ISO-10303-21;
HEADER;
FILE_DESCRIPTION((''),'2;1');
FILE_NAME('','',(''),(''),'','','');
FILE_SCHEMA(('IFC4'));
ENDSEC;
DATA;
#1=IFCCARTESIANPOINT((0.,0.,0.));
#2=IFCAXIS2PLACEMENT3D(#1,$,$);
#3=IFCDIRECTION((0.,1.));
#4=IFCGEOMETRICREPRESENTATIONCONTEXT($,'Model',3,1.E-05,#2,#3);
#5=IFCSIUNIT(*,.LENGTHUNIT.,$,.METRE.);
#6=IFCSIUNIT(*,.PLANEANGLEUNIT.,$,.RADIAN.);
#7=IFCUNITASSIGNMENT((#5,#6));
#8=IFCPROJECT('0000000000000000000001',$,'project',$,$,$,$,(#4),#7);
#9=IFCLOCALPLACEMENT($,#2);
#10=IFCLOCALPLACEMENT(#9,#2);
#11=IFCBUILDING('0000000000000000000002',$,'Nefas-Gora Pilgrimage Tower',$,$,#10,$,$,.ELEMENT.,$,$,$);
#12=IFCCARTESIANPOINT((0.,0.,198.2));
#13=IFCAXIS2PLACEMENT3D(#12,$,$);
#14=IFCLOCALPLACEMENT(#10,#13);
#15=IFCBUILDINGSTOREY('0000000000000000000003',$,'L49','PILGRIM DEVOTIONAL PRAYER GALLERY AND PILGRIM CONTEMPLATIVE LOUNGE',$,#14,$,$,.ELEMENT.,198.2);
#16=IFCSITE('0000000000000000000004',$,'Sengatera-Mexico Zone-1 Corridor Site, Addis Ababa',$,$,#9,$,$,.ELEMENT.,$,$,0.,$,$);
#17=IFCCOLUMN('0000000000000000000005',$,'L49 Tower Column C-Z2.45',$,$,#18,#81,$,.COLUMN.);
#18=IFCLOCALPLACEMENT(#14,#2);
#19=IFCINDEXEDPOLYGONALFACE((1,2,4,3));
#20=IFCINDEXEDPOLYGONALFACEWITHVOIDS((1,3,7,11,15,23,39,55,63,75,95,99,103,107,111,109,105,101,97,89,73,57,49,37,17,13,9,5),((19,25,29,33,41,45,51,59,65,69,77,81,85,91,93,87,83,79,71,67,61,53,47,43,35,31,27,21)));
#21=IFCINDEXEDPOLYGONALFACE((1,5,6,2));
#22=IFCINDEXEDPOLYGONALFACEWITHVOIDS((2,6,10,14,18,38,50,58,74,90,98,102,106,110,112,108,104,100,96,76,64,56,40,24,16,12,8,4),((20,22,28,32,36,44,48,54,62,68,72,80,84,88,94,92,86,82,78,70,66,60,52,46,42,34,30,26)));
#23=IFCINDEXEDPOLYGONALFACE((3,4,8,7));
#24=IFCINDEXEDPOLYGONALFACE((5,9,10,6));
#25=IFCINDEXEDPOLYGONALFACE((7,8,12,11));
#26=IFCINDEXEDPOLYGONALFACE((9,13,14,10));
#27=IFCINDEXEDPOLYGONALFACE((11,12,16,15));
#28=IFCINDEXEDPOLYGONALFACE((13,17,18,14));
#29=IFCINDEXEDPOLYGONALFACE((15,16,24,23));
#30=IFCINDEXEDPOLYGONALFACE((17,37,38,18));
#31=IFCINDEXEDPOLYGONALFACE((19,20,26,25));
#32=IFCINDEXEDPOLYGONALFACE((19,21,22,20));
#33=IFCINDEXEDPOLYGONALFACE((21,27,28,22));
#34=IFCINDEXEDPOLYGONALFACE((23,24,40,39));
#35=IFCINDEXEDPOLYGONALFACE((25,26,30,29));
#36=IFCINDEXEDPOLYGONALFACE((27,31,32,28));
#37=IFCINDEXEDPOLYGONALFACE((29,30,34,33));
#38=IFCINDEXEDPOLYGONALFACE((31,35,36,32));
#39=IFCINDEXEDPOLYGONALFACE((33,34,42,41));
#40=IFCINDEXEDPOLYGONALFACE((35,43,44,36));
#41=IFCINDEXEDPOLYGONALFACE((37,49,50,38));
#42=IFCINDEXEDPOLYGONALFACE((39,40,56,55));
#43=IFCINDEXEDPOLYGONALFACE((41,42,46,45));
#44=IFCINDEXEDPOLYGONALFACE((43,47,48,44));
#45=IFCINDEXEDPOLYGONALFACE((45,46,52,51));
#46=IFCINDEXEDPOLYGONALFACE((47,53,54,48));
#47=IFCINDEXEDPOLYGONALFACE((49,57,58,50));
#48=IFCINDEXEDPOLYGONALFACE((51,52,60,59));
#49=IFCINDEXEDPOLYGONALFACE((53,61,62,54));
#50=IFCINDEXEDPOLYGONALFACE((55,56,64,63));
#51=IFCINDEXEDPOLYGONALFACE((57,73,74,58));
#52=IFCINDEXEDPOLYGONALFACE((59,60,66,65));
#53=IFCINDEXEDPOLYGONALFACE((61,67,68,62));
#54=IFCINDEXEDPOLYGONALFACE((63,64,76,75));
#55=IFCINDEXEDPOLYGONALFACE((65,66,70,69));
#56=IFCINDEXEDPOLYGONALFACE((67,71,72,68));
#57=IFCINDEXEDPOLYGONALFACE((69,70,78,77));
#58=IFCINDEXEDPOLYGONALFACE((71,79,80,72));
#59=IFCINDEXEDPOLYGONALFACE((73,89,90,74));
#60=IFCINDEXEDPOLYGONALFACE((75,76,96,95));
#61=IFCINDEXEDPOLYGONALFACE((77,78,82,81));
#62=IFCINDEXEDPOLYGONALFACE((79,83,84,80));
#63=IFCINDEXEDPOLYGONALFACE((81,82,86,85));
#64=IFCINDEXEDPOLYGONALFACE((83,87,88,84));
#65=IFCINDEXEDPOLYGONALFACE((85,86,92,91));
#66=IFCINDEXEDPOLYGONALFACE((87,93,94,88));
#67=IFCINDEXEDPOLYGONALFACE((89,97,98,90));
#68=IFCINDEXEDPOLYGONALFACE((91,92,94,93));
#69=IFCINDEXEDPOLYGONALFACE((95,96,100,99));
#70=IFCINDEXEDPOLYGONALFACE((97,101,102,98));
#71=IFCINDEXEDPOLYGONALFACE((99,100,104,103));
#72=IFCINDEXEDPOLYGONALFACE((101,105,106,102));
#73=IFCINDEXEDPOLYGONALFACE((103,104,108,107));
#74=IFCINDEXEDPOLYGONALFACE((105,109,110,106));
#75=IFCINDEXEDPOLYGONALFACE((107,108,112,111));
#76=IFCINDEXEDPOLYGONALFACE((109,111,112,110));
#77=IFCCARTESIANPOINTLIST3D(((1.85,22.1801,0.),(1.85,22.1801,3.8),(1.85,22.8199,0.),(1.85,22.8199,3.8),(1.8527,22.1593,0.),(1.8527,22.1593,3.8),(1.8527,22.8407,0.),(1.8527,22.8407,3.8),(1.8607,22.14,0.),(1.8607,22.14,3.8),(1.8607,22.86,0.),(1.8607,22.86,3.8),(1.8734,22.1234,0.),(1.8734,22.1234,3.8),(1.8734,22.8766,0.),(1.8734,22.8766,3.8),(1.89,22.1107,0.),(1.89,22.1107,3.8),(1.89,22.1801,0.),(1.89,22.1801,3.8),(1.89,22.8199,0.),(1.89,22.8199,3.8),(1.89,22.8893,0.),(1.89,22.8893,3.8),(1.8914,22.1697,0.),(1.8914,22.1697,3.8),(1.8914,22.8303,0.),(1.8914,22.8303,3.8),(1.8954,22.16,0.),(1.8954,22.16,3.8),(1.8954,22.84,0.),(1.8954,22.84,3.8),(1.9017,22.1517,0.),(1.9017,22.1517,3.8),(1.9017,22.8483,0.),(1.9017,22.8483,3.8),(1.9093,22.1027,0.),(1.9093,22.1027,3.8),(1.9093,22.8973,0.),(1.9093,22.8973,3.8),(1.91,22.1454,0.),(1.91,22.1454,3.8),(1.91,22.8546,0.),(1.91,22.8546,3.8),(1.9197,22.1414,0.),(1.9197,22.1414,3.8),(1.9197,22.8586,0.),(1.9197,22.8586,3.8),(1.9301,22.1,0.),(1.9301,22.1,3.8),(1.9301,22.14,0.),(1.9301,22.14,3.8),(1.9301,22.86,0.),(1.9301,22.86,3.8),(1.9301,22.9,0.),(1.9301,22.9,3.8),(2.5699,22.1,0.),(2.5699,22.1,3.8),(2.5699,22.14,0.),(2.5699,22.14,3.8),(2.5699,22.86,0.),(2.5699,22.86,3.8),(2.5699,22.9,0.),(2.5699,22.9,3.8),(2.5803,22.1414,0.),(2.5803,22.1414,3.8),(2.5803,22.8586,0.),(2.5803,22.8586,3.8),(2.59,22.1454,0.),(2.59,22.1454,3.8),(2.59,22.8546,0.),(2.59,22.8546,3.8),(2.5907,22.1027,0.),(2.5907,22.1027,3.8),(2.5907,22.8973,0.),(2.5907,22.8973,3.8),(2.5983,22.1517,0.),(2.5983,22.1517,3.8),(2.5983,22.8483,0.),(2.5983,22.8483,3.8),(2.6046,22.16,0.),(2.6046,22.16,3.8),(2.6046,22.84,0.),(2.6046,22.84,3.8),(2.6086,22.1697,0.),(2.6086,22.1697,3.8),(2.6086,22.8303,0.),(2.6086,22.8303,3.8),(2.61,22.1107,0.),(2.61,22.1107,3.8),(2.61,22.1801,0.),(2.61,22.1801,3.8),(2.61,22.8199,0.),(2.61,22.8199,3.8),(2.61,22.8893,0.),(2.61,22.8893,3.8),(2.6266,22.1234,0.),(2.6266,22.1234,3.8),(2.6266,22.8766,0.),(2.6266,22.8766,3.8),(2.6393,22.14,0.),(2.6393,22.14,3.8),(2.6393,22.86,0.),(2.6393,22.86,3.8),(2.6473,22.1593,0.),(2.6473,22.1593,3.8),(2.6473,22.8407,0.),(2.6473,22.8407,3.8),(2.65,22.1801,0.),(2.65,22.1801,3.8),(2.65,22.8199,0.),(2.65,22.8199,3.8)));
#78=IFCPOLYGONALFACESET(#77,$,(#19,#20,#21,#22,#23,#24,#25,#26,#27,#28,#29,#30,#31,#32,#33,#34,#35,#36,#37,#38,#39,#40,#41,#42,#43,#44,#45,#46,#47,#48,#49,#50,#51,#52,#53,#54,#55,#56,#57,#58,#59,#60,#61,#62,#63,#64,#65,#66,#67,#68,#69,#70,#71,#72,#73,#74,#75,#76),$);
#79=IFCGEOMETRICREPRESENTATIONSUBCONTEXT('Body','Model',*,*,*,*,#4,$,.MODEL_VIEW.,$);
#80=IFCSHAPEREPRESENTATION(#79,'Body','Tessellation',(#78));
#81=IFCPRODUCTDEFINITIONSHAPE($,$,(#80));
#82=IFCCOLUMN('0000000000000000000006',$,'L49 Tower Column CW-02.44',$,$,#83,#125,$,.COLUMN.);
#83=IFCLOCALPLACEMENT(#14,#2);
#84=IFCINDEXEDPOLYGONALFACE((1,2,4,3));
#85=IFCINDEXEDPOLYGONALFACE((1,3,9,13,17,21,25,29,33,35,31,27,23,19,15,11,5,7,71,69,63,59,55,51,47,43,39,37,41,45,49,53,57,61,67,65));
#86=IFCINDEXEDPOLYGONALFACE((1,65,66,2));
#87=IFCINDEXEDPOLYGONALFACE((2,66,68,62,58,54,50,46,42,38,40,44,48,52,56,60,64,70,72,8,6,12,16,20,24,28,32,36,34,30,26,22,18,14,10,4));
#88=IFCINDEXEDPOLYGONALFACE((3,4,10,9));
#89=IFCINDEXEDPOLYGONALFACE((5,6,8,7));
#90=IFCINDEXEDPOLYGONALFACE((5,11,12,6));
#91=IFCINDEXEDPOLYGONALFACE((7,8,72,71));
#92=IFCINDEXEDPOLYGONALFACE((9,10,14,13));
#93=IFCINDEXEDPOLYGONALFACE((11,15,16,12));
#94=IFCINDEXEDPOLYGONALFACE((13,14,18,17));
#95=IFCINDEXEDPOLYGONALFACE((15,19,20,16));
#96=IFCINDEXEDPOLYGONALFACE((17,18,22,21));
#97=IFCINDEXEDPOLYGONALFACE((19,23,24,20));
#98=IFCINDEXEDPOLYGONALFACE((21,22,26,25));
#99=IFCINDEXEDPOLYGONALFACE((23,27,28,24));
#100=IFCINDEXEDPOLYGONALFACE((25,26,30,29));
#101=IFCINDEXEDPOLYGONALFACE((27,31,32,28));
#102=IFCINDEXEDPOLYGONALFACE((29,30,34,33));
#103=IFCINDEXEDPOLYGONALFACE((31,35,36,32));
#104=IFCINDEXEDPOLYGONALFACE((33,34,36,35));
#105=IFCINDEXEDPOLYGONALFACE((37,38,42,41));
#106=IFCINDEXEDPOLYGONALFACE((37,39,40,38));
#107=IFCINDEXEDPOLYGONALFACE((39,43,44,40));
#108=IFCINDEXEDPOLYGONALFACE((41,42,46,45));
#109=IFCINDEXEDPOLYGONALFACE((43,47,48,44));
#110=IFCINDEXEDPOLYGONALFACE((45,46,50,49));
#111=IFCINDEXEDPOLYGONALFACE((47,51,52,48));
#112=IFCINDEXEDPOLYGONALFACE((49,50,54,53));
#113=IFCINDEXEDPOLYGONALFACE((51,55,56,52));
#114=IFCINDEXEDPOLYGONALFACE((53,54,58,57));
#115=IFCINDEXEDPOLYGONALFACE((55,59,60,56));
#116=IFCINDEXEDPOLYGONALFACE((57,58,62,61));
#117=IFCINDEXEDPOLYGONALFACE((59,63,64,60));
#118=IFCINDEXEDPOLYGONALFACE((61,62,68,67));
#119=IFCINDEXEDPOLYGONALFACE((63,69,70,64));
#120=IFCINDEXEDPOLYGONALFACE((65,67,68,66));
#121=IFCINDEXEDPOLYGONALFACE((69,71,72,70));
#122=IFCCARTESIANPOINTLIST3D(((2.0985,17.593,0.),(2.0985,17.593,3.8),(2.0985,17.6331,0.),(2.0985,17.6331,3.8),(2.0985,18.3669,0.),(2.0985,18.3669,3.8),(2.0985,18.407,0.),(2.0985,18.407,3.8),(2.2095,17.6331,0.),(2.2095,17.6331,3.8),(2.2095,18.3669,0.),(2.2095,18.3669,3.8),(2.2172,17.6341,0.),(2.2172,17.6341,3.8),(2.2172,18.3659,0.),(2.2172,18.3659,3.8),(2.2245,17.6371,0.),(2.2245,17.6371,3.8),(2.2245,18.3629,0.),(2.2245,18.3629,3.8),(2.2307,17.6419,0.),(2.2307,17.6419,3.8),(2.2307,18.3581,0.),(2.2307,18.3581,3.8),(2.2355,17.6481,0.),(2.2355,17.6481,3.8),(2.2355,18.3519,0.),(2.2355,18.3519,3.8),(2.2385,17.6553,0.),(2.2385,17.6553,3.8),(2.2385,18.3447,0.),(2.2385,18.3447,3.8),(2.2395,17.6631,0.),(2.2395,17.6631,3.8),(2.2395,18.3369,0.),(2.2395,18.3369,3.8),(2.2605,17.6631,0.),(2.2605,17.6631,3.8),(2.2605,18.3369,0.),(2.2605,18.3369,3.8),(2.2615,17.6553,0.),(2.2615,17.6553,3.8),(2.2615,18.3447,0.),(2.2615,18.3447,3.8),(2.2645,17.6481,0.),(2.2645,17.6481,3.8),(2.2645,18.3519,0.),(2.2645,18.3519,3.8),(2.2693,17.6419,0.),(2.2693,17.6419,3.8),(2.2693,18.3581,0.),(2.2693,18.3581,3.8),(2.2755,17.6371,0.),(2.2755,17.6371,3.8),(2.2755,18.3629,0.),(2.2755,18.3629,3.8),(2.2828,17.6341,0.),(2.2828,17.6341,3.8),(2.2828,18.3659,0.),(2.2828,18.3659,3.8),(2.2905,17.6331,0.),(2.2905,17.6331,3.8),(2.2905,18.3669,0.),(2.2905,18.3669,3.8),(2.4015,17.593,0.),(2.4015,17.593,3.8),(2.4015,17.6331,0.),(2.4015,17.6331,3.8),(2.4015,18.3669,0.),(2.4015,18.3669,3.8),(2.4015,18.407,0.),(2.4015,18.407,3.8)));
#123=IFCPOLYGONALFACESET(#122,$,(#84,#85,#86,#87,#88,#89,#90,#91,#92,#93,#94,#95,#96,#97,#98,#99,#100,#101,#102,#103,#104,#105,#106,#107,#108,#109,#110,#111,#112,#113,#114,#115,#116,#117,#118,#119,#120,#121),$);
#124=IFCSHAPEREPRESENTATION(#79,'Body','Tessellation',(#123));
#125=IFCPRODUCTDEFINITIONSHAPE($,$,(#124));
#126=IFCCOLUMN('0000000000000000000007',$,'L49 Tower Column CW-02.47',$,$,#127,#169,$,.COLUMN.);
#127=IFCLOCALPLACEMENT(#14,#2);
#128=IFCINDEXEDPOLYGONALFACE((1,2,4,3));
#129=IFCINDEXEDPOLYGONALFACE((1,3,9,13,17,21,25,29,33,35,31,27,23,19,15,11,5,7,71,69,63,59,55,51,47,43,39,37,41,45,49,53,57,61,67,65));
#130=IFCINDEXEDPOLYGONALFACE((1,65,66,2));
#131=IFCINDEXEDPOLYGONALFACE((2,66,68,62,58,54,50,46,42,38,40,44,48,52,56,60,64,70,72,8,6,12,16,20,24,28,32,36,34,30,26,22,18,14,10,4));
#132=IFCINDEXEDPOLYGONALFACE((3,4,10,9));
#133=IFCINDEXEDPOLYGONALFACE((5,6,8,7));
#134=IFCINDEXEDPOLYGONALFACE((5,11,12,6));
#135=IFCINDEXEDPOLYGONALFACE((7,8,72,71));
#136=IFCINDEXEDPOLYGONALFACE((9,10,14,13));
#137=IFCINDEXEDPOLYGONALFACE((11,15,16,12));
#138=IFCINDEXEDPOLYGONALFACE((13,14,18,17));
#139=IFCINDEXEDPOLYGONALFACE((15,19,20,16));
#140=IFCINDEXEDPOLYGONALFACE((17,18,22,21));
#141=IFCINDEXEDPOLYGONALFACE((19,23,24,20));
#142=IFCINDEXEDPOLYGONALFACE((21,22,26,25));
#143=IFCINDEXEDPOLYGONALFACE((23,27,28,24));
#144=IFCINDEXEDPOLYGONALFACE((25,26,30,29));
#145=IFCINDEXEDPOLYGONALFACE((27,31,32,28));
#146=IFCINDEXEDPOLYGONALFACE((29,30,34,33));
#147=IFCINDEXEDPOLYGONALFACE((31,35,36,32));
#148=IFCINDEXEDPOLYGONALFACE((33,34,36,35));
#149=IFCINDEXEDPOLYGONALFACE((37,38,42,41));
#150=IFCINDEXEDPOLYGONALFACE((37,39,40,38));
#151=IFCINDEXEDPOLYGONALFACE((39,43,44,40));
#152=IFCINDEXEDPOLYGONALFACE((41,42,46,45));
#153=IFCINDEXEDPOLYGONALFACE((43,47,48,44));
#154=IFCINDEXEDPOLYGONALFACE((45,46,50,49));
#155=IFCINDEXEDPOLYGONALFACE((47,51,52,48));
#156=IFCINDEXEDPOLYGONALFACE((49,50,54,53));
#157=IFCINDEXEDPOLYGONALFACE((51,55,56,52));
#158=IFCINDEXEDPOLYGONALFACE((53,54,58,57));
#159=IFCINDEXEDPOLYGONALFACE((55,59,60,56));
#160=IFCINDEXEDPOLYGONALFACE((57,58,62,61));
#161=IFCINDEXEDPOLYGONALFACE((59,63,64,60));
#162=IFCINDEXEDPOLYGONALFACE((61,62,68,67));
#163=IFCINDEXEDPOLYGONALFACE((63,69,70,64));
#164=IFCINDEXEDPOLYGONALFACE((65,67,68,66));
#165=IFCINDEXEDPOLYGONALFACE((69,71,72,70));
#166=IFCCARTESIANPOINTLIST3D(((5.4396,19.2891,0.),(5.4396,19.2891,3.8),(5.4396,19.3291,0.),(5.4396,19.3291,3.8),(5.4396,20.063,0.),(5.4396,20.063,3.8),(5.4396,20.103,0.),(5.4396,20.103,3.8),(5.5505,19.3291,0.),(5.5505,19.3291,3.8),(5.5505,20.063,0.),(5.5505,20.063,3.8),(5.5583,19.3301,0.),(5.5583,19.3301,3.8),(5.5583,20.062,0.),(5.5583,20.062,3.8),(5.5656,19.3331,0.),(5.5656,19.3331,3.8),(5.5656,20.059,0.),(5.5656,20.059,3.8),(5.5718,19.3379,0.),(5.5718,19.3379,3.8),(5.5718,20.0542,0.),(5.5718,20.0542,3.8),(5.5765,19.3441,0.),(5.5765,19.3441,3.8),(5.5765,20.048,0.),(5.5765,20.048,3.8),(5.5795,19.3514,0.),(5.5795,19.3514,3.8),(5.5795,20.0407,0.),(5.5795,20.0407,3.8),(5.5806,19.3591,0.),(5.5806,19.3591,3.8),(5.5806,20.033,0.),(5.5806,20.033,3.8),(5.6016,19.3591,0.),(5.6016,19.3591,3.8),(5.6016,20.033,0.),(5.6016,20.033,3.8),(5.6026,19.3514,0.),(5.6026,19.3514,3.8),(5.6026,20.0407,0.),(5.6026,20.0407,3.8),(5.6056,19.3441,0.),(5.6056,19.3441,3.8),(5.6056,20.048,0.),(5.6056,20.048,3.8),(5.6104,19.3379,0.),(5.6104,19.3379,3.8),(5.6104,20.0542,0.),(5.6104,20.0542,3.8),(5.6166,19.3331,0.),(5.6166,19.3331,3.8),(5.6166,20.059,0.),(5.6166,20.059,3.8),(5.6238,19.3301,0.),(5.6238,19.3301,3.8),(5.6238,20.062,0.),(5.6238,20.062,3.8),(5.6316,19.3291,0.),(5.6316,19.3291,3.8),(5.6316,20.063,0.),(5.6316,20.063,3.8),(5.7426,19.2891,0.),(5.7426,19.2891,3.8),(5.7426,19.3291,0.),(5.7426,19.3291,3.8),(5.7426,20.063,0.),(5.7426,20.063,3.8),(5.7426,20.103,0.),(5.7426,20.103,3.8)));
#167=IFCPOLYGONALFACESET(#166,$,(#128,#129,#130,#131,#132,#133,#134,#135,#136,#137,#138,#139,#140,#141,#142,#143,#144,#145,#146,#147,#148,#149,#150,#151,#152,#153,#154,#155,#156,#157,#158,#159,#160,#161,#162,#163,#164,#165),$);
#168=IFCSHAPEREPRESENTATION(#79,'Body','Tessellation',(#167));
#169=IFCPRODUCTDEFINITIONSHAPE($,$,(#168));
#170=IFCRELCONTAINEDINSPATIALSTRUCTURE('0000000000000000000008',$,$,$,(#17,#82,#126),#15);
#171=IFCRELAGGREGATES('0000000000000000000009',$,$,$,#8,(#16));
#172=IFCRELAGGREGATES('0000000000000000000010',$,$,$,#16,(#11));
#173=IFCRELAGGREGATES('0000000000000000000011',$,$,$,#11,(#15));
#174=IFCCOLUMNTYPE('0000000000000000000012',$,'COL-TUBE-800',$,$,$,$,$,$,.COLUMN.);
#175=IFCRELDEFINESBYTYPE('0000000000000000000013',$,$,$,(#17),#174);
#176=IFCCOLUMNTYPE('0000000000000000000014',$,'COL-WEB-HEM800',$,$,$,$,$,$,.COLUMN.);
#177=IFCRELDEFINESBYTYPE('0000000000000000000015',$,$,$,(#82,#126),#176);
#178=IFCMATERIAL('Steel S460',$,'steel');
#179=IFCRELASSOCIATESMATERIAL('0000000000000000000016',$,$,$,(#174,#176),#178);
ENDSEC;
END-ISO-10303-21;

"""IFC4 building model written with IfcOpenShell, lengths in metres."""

from ifc_helpers import new_model, si_unit, direction, frame, origin, origin_2d, place, context, subcontext, project, spatial, hollow_rectangle, i_section, extrude, source, transform, mapped, material, material_profile, profile_set, type_object, element, save


model = new_model("IFC4")

# Units and contexts
model_context = context("Model", 3, precision=1e-05, world=origin(), true_north=direction((0.0, 1.0)))
body_context = subcontext(model_context, "Body", "Model", "MODEL_VIEW")
ifc_project = project(units=[si_unit("LENGTHUNIT", "METRE"), si_unit("PLANEANGLEUNIT", "RADIAN")], contexts=[model_context])

# Site, building, storey
site_placement = place(None, origin())
site = spatial("IfcSite", under=ifc_project, at=site_placement, Name="Sengatera-Mexico Zone-1 Corridor Site, Addis Ababa", CompositionType="ELEMENT", RefElevation=0.0)
building_placement = place(site_placement, origin())
building = spatial("IfcBuilding", under=site, at=building_placement, Name="Nefas-Gora Pilgrimage Tower", CompositionType="ELEMENT")
storey_placement = place(building_placement, frame((0.0, 0.0, 198.2)))
storey = spatial("IfcBuildingStorey", under=building, at=storey_placement, Name="L49", Description="PILGRIM DEVOTIONAL PRAYER GALLERY AND PILGRIM CONTEMPLATIVE LOUNGE", CompositionType="ELEMENT", Elevation=198.2)

# Columns
ifc_material_1 = material(Name="Steel S460", Category="steel")
ifc_material_profile_1 = material_profile(ifc_material_1, hollow_rectangle(XDim=0.8, YDim=0.8, WallThickness=0.04, InnerFilletRadius=0.04, OuterFilletRadius=0.0801, at=origin_2d()), Name="BOX 800x800x40")
ifc_profile_set_1 = profile_set([ifc_material_profile_1], Name="Steel S460")
column_type_1 = type_object("IfcColumnType", Name="COL-TUBE-800", PredefinedType="COLUMN", material=ifc_profile_set_1)
shared_shape_1 = source(origin(), body_context, "Body", "SweptSolid", [
    extrude(hollow_rectangle(XDim=0.8, YDim=0.8, WallThickness=0.04, InnerFilletRadius=0.04, OuterFilletRadius=0.0801, at=origin_2d()), origin(), (0.0, 0.0, 1.0), 3.8),
])
column_placement = place(storey_placement, frame((2.25, 22.5, 0.0), z_axis=(0.0, 0.0, 1.0), x_axis=(1.0, 0.0, 0.0)))
element("IfcColumn", 1, at=column_placement, inside=storey, type_object=column_type_1, Name="L49 Tower Column C-Z2.45", PredefinedType="COLUMN", context=body_context, shape_type="MappedRepresentation", body=[
    mapped(shared_shape_1, transform((0.0, 0.0, 0.0), x_axis=(1.0, 0.0, 0.0), y_axis=(0.0, 1.0, 0.0), z_axis=(0.0, 0.0, 1.0), scale=1.0)),
])
ifc_material_profile_2 = material_profile(ifc_material_1, i_section(OverallWidth=0.303, OverallDepth=0.814, WebThickness=0.021, FlangeThickness=0.04, FilletRadius=0.03, at=origin_2d()), Name="HEM 800")
ifc_profile_set_2 = profile_set([ifc_material_profile_2], Name="Steel S460")
column_type_2 = type_object("IfcColumnType", Name="COL-WEB-HEM800", PredefinedType="COLUMN", material=ifc_profile_set_2)
shared_shape_2 = source(origin(), body_context, "Body", "SweptSolid", [
    extrude(i_section(OverallWidth=0.303, OverallDepth=0.814, WebThickness=0.021, FlangeThickness=0.04, FilletRadius=0.03, at=origin_2d()), origin(), (0.0, 0.0, 1.0), 3.8),
])
for number, where, z_axis, x_axis, name in (
    (2, (2.25, 18.0, 0.0), (0.0, 0.0, 1.0), (1.0, 0.0, 0.0), "L49 Tower Column CW-02.44"),
    (3, (5.5911, 19.696, 0.0), (0.0, 0.0, 1.0), (1.0, 0.0, 0.0), "L49 Tower Column CW-02.47"),
):
    element("IfcColumn", number, at=place(storey_placement, frame(where, z_axis=z_axis, x_axis=x_axis)), inside=storey, type_object=column_type_2, Name=name, PredefinedType="COLUMN", context=body_context, shape_type="MappedRepresentation", body=[
        mapped(shared_shape_2, transform((0.0, 0.0, 0.0), x_axis=(1.0, 0.0, 0.0), y_axis=(0.0, 1.0, 0.0), z_axis=(0.0, 0.0, 1.0), scale=1.0)),
    ])

save(model, "model.ifc")
